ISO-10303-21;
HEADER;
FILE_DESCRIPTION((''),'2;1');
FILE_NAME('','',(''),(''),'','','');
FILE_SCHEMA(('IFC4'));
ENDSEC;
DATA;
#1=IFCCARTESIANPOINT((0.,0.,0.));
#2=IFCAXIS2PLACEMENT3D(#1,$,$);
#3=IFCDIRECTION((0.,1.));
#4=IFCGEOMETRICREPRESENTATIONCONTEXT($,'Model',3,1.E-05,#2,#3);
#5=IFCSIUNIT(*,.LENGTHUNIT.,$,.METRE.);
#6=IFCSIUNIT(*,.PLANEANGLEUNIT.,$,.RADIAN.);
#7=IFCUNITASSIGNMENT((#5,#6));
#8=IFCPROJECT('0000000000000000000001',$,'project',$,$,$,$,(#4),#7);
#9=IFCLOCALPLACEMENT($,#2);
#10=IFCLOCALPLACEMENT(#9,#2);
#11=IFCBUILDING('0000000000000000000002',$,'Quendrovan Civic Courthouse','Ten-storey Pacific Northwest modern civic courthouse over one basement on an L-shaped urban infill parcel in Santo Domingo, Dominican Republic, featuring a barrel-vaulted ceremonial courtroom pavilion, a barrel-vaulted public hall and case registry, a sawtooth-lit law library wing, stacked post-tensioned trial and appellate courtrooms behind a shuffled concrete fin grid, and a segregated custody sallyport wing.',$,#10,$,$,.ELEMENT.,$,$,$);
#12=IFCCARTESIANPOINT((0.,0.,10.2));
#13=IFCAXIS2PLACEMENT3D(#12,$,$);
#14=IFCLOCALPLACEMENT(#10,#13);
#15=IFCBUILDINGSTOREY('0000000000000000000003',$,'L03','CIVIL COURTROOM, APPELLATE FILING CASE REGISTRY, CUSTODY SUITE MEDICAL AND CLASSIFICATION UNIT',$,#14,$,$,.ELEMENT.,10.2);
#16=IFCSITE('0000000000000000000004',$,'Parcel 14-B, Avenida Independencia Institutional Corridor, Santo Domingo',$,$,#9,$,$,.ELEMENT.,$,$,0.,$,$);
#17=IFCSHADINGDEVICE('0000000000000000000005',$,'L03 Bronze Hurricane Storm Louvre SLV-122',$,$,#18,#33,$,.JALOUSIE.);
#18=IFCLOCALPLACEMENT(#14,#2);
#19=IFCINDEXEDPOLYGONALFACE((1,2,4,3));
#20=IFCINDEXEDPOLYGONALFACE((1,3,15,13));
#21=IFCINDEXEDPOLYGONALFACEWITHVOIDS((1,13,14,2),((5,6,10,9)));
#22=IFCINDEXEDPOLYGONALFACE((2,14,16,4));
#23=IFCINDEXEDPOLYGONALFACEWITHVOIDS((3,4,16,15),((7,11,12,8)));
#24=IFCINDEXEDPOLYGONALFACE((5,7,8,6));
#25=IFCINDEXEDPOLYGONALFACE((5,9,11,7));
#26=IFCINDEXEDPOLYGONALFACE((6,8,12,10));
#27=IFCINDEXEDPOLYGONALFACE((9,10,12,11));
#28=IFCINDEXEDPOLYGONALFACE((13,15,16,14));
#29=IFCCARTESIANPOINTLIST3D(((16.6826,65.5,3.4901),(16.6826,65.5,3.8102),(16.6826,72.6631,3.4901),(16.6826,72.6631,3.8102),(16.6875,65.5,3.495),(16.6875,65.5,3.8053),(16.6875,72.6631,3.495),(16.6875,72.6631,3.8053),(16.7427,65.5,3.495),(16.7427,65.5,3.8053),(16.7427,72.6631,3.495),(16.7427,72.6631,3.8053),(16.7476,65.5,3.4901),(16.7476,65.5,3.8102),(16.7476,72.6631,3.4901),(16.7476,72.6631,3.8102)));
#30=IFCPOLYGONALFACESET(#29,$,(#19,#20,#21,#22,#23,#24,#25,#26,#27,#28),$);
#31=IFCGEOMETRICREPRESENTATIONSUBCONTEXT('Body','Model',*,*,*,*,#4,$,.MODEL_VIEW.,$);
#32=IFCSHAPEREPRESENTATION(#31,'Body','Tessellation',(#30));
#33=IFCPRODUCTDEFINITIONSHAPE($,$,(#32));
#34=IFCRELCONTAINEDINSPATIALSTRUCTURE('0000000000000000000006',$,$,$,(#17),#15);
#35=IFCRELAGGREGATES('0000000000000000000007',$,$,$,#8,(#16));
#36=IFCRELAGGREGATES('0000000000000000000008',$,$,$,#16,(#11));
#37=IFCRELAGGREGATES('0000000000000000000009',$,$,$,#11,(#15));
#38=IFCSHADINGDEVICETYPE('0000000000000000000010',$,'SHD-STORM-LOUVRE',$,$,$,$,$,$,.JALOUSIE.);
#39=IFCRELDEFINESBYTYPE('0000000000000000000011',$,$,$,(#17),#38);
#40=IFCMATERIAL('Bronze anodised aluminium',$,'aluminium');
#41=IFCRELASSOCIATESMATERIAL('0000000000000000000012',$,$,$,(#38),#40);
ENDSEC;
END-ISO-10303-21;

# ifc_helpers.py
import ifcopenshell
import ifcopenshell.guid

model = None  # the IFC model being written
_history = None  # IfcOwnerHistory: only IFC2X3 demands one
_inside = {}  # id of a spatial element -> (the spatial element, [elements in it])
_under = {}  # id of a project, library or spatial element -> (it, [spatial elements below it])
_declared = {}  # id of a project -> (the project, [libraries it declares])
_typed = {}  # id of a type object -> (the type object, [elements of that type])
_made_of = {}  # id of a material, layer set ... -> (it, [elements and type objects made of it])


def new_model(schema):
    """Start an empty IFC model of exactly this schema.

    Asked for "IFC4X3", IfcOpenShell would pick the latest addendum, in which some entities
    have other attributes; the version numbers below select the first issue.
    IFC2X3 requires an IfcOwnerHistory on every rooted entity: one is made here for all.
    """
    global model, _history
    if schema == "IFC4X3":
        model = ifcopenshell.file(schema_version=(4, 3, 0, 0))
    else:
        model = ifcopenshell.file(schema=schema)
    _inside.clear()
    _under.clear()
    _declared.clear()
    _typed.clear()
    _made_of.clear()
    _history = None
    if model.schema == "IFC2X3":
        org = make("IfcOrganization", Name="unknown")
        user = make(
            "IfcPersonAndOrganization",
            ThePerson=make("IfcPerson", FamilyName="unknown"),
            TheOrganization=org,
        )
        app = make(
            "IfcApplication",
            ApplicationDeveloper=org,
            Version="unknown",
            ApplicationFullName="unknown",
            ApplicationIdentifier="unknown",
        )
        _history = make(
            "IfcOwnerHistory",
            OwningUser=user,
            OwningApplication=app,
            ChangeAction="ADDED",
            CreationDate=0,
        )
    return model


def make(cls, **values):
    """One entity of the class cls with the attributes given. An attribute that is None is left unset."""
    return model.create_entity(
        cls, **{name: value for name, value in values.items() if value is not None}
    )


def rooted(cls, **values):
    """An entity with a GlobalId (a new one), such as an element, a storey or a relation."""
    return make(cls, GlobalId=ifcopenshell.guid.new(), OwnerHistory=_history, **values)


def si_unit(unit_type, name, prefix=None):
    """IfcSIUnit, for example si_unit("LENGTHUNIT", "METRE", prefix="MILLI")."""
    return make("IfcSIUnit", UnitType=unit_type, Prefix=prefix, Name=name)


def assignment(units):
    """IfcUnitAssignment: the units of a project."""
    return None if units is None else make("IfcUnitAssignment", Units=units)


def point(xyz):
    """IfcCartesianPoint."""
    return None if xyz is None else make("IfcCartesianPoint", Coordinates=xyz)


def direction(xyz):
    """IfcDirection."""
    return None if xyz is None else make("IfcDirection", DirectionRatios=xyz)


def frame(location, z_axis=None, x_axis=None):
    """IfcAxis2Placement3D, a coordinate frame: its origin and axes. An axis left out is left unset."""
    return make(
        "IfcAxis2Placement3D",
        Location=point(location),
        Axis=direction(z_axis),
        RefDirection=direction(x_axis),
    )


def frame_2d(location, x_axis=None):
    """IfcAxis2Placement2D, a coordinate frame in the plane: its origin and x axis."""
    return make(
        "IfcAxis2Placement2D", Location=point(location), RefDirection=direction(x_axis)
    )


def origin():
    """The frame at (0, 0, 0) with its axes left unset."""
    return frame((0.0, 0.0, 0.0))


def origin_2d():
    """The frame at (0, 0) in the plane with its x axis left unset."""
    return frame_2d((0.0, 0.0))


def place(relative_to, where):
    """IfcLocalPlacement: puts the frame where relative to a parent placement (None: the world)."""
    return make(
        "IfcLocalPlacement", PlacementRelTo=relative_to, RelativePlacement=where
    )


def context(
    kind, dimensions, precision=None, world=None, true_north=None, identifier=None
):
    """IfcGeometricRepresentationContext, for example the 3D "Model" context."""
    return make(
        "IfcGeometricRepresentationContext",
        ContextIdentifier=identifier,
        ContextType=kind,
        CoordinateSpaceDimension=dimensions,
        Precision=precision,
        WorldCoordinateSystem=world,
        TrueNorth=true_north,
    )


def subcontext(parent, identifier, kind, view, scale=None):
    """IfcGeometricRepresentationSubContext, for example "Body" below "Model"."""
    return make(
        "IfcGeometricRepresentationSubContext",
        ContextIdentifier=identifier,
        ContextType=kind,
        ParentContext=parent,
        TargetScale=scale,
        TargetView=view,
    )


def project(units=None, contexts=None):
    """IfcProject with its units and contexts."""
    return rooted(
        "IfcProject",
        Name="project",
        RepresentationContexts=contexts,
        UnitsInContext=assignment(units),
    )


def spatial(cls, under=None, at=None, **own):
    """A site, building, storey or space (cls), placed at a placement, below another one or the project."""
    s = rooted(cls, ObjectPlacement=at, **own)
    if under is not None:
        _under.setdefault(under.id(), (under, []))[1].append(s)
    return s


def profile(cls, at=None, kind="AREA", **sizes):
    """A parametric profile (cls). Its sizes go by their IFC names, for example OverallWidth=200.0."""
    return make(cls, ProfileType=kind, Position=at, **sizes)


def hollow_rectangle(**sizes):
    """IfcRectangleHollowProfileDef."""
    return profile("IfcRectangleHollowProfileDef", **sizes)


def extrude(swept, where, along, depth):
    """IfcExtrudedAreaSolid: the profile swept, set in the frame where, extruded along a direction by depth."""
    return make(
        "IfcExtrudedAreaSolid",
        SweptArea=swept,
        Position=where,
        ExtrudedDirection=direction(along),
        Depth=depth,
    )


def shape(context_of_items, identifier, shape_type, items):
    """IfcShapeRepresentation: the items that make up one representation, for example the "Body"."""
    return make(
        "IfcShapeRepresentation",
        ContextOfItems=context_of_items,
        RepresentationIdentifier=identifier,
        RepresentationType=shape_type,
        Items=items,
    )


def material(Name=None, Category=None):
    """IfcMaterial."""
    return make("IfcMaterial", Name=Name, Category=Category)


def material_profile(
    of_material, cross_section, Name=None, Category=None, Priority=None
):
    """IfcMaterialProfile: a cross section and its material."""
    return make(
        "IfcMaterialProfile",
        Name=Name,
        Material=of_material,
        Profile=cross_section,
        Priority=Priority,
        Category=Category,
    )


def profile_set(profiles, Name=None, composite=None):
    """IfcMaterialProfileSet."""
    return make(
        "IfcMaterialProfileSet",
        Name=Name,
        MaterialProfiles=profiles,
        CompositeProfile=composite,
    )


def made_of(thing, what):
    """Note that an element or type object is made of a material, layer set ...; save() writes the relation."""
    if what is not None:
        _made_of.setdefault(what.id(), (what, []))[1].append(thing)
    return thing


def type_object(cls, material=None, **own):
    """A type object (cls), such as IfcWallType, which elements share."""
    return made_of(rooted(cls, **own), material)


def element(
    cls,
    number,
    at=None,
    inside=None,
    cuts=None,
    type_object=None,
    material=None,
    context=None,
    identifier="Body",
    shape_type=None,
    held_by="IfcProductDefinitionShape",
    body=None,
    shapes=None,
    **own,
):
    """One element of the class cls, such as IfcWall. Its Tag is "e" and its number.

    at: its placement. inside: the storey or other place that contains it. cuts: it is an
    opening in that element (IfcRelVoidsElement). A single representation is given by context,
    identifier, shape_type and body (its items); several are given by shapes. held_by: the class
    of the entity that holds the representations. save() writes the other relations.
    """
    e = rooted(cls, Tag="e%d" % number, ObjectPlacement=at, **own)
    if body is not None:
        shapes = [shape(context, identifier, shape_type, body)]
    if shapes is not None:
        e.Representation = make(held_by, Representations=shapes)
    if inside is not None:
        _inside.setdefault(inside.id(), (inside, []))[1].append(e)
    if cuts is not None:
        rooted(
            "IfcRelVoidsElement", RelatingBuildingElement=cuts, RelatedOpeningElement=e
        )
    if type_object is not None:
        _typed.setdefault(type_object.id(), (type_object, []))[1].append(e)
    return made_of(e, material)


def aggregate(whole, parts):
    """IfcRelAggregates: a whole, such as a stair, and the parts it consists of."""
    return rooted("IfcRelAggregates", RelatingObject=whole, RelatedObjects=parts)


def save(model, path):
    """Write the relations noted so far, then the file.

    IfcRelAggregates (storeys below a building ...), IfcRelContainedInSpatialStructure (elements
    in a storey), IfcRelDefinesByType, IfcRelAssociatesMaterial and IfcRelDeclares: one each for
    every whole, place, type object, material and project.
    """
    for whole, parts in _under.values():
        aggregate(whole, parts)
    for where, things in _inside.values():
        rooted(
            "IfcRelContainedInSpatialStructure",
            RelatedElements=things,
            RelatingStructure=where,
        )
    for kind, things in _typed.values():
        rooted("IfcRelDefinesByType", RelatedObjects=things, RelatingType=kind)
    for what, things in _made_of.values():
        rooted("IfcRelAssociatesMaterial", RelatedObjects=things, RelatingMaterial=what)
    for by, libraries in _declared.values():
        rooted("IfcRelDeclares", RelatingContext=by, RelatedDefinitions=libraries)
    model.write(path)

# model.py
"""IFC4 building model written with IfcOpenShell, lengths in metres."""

from ifc_helpers import new_model, si_unit, direction, frame, origin, origin_2d, place, context, subcontext, project, spatial, hollow_rectangle, extrude, material, material_profile, profile_set, type_object, element, save


model = new_model("IFC4")

# Units and contexts
model_context = context("Model", 3, precision=1e-05, world=origin(), true_north=direction((0.0, 1.0)))
body_context = subcontext(model_context, "Body", "Model", "MODEL_VIEW")
ifc_project = project(units=[si_unit("LENGTHUNIT", "METRE"), si_unit("PLANEANGLEUNIT", "RADIAN")], contexts=[model_context])

# Site, building, storey
site_placement = place(None, origin())
site = spatial("IfcSite", under=ifc_project, at=site_placement, Name="Parcel 14-B, Avenida Independencia Institutional Corridor, Santo Domingo", CompositionType="ELEMENT", RefElevation=0.0)
building_placement = place(site_placement, origin())
building = spatial("IfcBuilding", under=site, at=building_placement, Name="Quendrovan Civic Courthouse", Description="Ten-storey Pacific Northwest modern civic courthouse over one basement on an L-shaped urban infill parcel in Santo Domingo, Dominican Republic, featuring a barrel-vaulted ceremonial courtroom pavilion, a barrel-vaulted public hall and case registry, a sawtooth-lit law library wing, stacked post-tensioned trial and appellate courtrooms behind a shuffled concrete fin grid, and a segregated custody sallyport wing.", CompositionType="ELEMENT")
storey_placement = place(building_placement, frame((0.0, 0.0, 10.2)))
storey = spatial("IfcBuildingStorey", under=building, at=storey_placement, Name="L03", Description="CIVIL COURTROOM, APPELLATE FILING CASE REGISTRY, CUSTODY SUITE MEDICAL AND CLASSIFICATION UNIT", CompositionType="ELEMENT", Elevation=10.2)

# Shared definitions
ifc_material_1 = material(Name="Bronze anodised aluminium", Category="aluminium")

# Shading device
ifc_material_profile_1 = material_profile(ifc_material_1, hollow_rectangle(XDim=0.0649, YDim=0.3201, WallThickness=0.0049, at=origin_2d()), Name="AL-LOUVRE-65x320")
ifc_profile_set_1 = profile_set([ifc_material_profile_1], Name="Bronze anodised aluminium")
shading_device_type = type_object("IfcShadingDeviceType", Name="SHD-STORM-LOUVRE", PredefinedType="JALOUSIE", material=ifc_profile_set_1)
for number, where, z_axis, x_axis, name in (
    (1, (16.7151, 72.6631, 3.6501), (0.0, -1.0, 0.0), (1.0, 0.0, 0.0), "L03 Bronze Hurricane Storm Louvre SLV-122"),
):
    element("IfcShadingDevice", number, at=place(storey_placement, frame(where, z_axis=z_axis, x_axis=x_axis)), inside=storey, type_object=shading_device_type, Name=name, PredefinedType="JALOUSIE", context=body_context, shape_type="SweptSolid", body=[
        extrude(hollow_rectangle(XDim=0.0649, YDim=0.3201, WallThickness=0.0049, at=origin_2d()), origin(), (0.0, 0.0, 1.0), 7.1631),
    ])

save(model, "model.ifc")
